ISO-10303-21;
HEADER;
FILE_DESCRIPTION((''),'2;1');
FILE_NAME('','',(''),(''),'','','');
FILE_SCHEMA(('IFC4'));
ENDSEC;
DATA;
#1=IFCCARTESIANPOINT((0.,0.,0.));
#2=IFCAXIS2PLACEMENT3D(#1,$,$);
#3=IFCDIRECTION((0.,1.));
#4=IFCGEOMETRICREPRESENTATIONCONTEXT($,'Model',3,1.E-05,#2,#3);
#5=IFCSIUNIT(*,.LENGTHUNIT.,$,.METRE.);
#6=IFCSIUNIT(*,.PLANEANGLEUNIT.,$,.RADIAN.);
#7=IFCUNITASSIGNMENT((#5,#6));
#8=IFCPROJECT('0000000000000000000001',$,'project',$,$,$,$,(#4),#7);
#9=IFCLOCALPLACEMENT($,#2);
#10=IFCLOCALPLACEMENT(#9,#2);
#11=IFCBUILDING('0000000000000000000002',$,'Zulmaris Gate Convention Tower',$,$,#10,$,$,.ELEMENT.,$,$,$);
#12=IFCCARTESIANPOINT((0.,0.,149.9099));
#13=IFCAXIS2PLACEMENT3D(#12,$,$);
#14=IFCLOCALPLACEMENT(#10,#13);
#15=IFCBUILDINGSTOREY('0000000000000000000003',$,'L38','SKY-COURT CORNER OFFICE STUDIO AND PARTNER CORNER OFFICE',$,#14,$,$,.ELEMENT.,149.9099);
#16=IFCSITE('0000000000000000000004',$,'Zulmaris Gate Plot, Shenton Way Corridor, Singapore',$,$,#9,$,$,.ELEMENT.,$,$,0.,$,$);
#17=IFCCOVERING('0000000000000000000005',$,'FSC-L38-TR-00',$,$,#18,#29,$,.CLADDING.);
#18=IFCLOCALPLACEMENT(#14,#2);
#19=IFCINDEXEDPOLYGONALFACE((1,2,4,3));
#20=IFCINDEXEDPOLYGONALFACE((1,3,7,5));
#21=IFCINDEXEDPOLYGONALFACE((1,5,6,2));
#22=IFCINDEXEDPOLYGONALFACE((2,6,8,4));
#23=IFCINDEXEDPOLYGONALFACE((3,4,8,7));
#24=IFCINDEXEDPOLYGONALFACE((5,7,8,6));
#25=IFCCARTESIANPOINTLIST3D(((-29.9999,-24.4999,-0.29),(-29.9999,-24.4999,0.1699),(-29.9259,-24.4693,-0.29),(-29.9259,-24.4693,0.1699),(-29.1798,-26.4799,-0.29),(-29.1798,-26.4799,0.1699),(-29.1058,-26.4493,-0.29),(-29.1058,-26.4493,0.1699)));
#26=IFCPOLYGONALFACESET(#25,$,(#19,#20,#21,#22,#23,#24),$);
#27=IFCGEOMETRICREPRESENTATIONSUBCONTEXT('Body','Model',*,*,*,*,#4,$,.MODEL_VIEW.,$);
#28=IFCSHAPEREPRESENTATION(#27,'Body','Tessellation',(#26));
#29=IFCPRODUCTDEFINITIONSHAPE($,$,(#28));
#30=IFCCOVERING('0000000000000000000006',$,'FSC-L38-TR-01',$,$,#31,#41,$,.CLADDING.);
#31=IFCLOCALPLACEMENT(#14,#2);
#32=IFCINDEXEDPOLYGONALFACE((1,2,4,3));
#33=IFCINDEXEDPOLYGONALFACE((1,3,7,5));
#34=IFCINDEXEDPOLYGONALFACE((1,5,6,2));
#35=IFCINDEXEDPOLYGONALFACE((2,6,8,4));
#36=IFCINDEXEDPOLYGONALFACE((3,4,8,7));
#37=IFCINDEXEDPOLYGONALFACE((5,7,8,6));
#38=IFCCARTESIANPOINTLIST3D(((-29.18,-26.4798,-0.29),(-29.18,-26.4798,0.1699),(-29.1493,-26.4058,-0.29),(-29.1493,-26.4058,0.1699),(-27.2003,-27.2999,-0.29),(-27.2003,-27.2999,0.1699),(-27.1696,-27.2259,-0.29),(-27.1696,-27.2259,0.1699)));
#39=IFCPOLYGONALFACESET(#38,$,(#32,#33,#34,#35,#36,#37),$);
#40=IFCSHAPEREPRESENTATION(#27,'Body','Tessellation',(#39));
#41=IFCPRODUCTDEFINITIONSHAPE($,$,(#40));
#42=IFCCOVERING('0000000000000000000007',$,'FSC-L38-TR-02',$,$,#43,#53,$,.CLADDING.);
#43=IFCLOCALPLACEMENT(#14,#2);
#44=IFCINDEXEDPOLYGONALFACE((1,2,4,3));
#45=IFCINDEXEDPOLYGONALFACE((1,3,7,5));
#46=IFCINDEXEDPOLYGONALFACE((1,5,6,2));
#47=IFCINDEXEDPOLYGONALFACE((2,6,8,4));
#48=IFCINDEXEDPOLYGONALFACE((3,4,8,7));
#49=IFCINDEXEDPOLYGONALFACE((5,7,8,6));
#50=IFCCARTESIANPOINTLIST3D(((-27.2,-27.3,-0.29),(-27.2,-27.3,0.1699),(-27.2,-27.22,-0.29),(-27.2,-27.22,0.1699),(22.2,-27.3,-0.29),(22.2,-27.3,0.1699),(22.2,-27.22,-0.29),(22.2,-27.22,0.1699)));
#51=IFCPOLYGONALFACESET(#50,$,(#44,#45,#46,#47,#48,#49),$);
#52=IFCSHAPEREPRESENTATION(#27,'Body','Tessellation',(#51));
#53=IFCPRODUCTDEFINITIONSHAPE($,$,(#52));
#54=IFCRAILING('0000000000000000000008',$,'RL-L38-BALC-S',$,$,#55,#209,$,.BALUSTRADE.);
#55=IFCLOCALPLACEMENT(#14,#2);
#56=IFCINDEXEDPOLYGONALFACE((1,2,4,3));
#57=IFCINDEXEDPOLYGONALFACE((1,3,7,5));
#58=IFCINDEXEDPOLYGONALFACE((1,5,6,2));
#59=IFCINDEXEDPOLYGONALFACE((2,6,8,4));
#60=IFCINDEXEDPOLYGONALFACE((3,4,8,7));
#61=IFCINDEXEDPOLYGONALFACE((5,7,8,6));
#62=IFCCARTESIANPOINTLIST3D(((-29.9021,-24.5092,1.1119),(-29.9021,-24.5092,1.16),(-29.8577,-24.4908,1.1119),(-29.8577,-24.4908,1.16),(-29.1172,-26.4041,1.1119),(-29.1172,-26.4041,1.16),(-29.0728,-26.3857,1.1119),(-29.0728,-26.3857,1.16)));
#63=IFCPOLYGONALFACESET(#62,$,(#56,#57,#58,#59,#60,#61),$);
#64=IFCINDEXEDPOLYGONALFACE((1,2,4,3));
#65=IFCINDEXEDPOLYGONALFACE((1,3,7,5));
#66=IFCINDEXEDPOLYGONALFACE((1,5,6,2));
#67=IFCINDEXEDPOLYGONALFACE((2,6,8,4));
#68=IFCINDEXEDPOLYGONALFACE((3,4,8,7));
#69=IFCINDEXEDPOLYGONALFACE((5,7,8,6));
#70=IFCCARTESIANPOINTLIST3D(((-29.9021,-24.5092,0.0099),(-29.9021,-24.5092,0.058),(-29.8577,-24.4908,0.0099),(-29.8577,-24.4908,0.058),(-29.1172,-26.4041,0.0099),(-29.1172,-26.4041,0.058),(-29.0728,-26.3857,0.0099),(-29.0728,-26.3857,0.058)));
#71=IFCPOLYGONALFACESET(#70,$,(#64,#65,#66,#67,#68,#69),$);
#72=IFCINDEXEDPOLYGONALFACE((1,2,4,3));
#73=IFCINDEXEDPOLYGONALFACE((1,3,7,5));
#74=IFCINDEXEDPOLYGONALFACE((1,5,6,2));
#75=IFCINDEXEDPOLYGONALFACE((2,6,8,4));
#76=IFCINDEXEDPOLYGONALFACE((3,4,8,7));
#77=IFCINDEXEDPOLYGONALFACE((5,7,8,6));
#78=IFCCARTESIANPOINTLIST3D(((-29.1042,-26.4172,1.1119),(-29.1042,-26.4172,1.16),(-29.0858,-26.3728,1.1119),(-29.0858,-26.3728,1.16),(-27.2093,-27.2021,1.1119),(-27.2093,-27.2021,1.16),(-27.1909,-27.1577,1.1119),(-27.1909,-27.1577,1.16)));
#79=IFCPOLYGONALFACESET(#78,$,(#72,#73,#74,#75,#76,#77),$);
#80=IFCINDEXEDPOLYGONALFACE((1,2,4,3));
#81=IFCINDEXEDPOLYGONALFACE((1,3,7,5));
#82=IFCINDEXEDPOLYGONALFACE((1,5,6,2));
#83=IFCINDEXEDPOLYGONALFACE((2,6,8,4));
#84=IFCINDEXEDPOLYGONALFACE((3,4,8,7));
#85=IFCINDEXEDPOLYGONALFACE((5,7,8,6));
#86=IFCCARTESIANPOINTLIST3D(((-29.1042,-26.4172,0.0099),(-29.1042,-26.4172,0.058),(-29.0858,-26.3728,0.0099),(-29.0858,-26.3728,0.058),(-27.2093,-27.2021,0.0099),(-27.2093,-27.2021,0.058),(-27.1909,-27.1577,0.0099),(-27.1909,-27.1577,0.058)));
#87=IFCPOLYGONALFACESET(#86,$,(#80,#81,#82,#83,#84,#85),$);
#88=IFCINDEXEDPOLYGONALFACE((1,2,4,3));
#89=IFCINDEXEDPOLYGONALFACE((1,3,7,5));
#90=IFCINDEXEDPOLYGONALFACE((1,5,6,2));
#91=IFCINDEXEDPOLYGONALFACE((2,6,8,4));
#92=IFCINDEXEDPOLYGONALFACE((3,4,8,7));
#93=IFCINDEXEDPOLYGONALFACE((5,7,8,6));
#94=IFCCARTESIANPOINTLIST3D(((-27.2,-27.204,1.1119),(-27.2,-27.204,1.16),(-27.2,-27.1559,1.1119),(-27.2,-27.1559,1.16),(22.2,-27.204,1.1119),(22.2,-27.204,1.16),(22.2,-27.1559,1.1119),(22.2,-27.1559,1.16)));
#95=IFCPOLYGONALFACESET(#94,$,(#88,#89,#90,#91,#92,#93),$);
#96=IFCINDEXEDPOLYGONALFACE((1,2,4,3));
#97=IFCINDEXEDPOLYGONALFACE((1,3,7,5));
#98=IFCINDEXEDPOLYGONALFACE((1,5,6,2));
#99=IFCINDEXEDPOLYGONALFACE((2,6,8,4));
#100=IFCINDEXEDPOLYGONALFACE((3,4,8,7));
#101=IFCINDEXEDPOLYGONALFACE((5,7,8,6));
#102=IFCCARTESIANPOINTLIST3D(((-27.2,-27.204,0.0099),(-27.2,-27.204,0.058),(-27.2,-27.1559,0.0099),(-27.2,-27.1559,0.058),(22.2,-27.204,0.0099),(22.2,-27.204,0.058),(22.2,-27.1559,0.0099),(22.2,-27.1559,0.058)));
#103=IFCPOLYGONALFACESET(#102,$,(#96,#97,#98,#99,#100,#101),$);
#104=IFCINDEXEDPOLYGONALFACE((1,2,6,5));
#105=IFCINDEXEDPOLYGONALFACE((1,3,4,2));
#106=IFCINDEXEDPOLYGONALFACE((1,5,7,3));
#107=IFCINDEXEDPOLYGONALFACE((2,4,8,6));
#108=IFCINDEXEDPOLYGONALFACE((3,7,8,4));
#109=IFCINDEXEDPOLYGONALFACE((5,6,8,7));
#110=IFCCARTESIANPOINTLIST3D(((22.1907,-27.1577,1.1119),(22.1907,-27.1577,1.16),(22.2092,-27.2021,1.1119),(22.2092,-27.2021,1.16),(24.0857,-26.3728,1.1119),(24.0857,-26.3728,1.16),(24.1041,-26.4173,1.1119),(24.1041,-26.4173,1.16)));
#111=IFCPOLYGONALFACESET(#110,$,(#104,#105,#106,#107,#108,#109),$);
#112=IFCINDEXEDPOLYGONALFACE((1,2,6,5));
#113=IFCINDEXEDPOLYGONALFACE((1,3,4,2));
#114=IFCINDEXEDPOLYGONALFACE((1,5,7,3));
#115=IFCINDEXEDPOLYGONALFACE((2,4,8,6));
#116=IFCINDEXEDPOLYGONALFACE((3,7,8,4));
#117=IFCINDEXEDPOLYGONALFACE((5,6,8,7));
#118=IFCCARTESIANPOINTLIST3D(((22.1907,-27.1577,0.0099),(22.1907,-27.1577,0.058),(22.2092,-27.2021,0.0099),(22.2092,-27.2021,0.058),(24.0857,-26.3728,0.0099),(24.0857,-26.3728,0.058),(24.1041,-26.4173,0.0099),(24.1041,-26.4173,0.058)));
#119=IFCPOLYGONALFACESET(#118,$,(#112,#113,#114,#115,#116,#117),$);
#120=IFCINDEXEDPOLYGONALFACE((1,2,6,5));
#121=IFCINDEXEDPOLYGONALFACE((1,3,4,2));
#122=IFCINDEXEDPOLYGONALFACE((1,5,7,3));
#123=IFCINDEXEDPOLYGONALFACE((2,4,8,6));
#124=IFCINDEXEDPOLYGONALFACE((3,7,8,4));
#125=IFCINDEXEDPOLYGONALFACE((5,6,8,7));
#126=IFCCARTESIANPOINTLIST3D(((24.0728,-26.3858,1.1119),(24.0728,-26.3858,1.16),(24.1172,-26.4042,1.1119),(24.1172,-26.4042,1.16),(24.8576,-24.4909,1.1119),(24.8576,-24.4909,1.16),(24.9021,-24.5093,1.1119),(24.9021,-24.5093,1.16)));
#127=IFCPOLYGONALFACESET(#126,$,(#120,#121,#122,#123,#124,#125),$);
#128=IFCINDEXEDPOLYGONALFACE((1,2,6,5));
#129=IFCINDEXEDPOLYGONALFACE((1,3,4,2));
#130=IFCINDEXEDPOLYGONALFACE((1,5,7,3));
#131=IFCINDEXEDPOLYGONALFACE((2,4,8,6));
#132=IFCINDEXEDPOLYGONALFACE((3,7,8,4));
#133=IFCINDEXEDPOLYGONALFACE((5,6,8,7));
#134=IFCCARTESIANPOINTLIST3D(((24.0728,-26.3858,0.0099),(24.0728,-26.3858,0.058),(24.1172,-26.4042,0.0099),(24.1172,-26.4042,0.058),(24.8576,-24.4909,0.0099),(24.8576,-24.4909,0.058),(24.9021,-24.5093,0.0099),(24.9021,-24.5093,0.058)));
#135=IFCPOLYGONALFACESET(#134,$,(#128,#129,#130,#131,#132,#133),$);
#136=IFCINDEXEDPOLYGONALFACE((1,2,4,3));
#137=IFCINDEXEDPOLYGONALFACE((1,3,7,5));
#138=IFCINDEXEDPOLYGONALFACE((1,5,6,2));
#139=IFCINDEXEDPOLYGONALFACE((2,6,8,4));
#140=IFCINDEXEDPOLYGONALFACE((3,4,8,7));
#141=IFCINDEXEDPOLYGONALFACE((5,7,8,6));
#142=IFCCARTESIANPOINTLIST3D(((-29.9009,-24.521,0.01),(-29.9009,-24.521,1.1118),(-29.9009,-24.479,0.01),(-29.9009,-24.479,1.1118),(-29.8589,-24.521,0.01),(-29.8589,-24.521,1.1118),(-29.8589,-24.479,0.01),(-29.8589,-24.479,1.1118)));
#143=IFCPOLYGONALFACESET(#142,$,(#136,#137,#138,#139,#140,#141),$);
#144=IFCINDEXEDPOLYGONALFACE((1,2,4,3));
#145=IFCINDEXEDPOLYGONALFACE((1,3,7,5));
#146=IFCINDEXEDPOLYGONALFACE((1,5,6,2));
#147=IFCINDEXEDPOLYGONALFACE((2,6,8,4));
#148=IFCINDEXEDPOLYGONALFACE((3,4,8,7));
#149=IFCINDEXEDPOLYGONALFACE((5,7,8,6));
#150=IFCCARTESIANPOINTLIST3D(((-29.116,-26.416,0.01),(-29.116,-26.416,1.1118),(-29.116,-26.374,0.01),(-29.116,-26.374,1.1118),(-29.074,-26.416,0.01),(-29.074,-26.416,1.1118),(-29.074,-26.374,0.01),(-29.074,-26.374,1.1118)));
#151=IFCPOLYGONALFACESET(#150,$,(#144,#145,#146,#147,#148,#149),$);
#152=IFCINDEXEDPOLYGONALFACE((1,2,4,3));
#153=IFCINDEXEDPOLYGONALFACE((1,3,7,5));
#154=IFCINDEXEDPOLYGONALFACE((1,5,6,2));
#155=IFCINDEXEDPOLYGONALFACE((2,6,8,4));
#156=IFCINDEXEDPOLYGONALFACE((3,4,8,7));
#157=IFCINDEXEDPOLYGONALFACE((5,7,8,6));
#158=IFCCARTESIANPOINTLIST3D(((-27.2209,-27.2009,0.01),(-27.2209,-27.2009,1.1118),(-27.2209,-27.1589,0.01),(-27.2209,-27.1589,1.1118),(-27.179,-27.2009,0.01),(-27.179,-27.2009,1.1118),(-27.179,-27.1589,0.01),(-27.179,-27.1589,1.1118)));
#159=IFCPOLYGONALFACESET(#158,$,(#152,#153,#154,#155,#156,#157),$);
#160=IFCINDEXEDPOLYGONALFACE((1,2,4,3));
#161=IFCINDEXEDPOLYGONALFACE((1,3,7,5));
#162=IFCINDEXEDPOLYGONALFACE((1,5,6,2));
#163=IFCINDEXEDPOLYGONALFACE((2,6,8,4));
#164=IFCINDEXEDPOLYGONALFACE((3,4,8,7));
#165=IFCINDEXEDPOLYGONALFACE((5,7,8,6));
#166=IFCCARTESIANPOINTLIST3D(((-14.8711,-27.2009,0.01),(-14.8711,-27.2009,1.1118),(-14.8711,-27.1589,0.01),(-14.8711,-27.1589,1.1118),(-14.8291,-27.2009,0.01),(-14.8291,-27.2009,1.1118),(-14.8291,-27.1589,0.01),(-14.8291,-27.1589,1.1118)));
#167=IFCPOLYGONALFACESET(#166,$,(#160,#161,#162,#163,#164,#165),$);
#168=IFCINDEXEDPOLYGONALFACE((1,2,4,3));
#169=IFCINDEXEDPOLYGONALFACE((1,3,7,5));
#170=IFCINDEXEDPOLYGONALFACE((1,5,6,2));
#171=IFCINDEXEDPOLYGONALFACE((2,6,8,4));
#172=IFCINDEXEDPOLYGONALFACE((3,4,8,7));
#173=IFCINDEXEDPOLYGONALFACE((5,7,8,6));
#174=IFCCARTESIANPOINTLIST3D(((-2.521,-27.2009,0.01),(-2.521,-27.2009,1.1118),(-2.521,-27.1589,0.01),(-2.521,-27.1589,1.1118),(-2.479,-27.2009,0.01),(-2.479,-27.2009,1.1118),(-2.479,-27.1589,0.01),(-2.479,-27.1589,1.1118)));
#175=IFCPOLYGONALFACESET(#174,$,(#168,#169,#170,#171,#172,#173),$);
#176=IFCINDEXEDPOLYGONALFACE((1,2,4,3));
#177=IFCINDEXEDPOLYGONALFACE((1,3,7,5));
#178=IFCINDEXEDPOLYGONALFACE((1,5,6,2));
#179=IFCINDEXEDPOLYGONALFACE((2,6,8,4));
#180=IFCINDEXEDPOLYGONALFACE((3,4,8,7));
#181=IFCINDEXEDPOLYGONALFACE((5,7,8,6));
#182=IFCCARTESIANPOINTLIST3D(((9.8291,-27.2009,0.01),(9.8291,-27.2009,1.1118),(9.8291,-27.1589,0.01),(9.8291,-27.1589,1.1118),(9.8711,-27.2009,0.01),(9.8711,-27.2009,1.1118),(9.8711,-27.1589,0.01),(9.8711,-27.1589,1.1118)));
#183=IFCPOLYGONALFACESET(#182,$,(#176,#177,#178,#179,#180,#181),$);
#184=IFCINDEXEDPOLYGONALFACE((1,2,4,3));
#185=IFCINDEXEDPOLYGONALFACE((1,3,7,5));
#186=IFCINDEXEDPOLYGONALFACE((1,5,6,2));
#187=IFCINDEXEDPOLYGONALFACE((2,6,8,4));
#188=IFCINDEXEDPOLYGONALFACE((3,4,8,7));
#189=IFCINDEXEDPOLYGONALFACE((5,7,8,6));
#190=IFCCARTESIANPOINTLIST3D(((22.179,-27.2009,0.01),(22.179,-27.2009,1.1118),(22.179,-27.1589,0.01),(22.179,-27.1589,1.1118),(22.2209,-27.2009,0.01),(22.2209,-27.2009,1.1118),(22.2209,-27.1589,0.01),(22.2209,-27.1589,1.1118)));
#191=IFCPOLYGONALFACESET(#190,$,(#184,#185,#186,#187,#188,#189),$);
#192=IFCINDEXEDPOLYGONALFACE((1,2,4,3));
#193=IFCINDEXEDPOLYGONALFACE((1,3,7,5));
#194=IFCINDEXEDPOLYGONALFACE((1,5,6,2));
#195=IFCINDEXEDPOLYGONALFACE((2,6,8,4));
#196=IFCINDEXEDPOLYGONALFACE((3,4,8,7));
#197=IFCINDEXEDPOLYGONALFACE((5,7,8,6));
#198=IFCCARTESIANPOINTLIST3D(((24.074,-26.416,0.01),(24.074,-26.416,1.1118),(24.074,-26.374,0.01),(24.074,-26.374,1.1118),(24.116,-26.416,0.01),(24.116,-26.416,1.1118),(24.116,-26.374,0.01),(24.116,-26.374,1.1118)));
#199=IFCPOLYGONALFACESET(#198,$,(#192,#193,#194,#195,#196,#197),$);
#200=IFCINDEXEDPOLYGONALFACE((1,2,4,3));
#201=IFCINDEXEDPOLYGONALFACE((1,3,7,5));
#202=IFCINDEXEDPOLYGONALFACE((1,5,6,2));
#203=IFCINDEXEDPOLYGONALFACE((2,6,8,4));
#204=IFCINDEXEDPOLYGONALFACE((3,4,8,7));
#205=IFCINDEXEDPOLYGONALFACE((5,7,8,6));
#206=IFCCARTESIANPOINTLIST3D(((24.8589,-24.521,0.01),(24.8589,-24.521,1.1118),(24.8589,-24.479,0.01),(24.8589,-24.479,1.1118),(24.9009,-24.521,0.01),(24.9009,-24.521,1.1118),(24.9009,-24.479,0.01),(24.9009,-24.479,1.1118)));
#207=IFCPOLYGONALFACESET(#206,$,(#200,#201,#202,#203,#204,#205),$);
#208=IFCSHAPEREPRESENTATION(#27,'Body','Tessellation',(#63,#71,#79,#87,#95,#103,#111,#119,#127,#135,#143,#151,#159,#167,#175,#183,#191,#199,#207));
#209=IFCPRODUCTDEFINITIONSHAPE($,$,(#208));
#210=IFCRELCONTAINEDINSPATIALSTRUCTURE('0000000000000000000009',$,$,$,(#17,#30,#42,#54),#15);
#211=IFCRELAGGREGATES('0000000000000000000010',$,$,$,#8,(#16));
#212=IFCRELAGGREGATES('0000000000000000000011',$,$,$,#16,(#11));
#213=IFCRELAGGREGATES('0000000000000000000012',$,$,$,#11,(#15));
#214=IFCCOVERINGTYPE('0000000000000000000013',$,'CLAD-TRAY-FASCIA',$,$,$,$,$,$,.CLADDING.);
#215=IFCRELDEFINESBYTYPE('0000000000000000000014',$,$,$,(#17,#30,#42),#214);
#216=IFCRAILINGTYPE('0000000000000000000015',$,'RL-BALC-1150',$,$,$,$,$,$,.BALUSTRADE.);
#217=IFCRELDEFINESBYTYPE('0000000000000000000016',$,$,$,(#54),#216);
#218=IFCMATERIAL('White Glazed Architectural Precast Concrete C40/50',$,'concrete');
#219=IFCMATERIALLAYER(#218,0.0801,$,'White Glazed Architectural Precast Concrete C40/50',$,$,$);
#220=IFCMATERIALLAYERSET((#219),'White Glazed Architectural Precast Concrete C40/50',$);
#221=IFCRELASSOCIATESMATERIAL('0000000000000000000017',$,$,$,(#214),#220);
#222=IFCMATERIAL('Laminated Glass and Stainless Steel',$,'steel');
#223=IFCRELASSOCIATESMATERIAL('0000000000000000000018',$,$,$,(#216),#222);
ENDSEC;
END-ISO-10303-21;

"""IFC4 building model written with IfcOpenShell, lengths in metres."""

from ifc_helpers import new_model, si_unit, direction, frame, frame_2d, origin, origin_2d, place, context, subcontext, project, spatial, rectangle, extrude, material, layer, layer_set, type_object, element, save


model = new_model("IFC4")

# Units and contexts
model_context = context("Model", 3, precision=1e-05, world=origin(), true_north=direction((0.0, 1.0)))
body_context = subcontext(model_context, "Body", "Model", "MODEL_VIEW")
ifc_project = project(units=[si_unit("LENGTHUNIT", "METRE"), si_unit("PLANEANGLEUNIT", "RADIAN")], contexts=[model_context])

# Site, building, storey
site_placement = place(None, origin())
site = spatial("IfcSite", under=ifc_project, at=site_placement, Name="Zulmaris Gate Plot, Shenton Way Corridor, Singapore", CompositionType="ELEMENT", RefElevation=0.0)
building_placement = place(site_placement, origin())
building = spatial("IfcBuilding", under=site, at=building_placement, Name="Zulmaris Gate Convention Tower", CompositionType="ELEMENT")
storey_placement = place(building_placement, frame((0.0, 0.0, 149.9099)))
storey = spatial("IfcBuildingStorey", under=building, at=storey_placement, Name="L38", Description="SKY-COURT CORNER OFFICE STUDIO AND PARTNER CORNER OFFICE", CompositionType="ELEMENT", Elevation=149.9099)

# Coverings
ifc_material_1 = material(Name="White Glazed Architectural Precast Concrete C40/50", Category="concrete")
ifc_layer_1 = layer(ifc_material_1, 0.0801, Name="White Glazed Architectural Precast Concrete C40/50")
ifc_layer_set_1 = layer_set([ifc_layer_1], Name="White Glazed Architectural Precast Concrete C40/50")
covering_type_1 = type_object("IfcCoveringType", Name="CLAD-TRAY-FASCIA", PredefinedType="CLADDING", material=ifc_layer_set_1)
covering_1_placement = place(storey_placement, frame((-29.9629, -24.4846, -0.29), z_axis=(0.0, 0.0, 1.0), x_axis=(0.382657, -0.92389, 0.0)))
element("IfcCovering", 1, at=covering_1_placement, inside=storey, type_object=covering_type_1, Name="FSC-L38-TR-00", PredefinedType="CLADDING", context=body_context, shape_type="SweptSolid", body=[
    extrude(rectangle(XDim=2.1431, YDim=0.0801, at=frame_2d((1.0715, 0.0))), origin(), (0.0, 0.0, 1.0), 0.46),
])
covering_2_placement = place(storey_placement, frame((-29.1646, -26.4429, -0.29), z_axis=(0.0, 0.0, 1.0), x_axis=(0.923874, -0.382697, 0.0)))
element("IfcCovering", 2, at=covering_2_placement, inside=storey, type_object=covering_type_1, Name="FSC-L38-TR-01", PredefinedType="CLADDING", context=body_context, shape_type="SweptSolid", body=[
    extrude(rectangle(XDim=2.1428, YDim=0.0801, at=frame_2d((1.0713, 0.0))), origin(), (0.0, 0.0, 1.0), 0.46),
])
covering_3_placement = place(storey_placement, frame((-27.2, -27.26, -0.29), z_axis=(0.0, 0.0, 1.0), x_axis=(1.0, 0.0, 0.0)))
element("IfcCovering", 3, at=covering_3_placement, inside=storey, type_object=covering_type_1, Name="FSC-L38-TR-02", PredefinedType="CLADDING", context=body_context, shape_type="SweptSolid", body=[
    extrude(rectangle(XDim=49.3999, YDim=0.0801, at=frame_2d((24.7, 0.0))), origin(), (0.0, 0.0, 1.0), 0.46),
])

# Railing
ifc_material_2 = material(Name="Laminated Glass and Stainless Steel", Category="steel")
railing_type = type_object("IfcRailingType", Name="RL-BALC-1150", PredefinedType="BALUSTRADE", material=ifc_material_2)
railing_placement = place(storey_placement, frame((-29.8799, -24.5, 0.01)))
element("IfcRailing", 4, at=railing_placement, inside=storey, type_object=railing_type, Name="RL-L38-BALC-S", PredefinedType="BALUSTRADE", context=body_context, shape_type="SweptSolid", body=[
    extrude(rectangle(XDim=0.0481, YDim=0.0481, at=origin_2d()), frame((0.0, 0.0, 1.126), z_axis=(0.382671, -0.923885, 0.0), x_axis=(0.923885, 0.382671, 0.0)), (0.0, 0.0, 1.0), 2.051),
    extrude(rectangle(XDim=0.0481, YDim=0.0481, at=origin_2d()), frame((0.0, 0.0, 0.0239), z_axis=(0.382671, -0.923885, 0.0), x_axis=(0.923885, 0.382671, 0.0)), (0.0, 0.0, 1.0), 2.051),
    extrude(rectangle(XDim=0.0481, YDim=0.0481, at=origin_2d()), frame((0.7849, -1.895, 1.126), z_axis=(0.923885, -0.382671, 0.0), x_axis=(0.382671, 0.923885, 0.0)), (0.0, 0.0, 1.0), 2.051),
    extrude(rectangle(XDim=0.0481, YDim=0.0481, at=origin_2d()), frame((0.7849, -1.895, 0.0239), z_axis=(0.923885, -0.382671, 0.0), x_axis=(0.382671, 0.923885, 0.0)), (0.0, 0.0, 1.0), 2.051),
    extrude(rectangle(XDim=0.0481, YDim=0.0481, at=origin_2d()), frame((2.6799, -2.6799, 1.126), z_axis=(1.0, 0.0, 0.0), x_axis=(0.0, 1.0, 0.0)), (0.0, 0.0, 1.0), 49.3999),
    extrude(rectangle(XDim=0.0481, YDim=0.0481, at=origin_2d()), frame((2.6799, -2.6799, 0.0239), z_axis=(1.0, 0.0, 0.0), x_axis=(0.0, 1.0, 0.0)), (0.0, 0.0, 1.0), 49.3999),
    extrude(rectangle(XDim=0.0481, YDim=0.0481, at=origin_2d()), frame((52.0798, -2.6799, 1.126), z_axis=(0.923885, 0.382671, 0.0), x_axis=(-0.382671, 0.923885, 0.0)), (0.0, 0.0, 1.0), 2.051),
    extrude(rectangle(XDim=0.0481, YDim=0.0481, at=origin_2d()), frame((52.0798, -2.6799, 0.0239), z_axis=(0.923885, 0.382671, 0.0), x_axis=(-0.382671, 0.923885, 0.0)), (0.0, 0.0, 1.0), 2.051),
    extrude(rectangle(XDim=0.0481, YDim=0.0481, at=origin_2d()), frame((53.9749, -1.895, 1.126), z_axis=(0.382671, 0.923885, 0.0), x_axis=(-0.923885, 0.382671, 0.0)), (0.0, 0.0, 1.0), 2.051),
    extrude(rectangle(XDim=0.0481, YDim=0.0481, at=origin_2d()), frame((53.9749, -1.895, 0.0239), z_axis=(0.382671, 0.923885, 0.0), x_axis=(-0.923885, 0.382671, 0.0)), (0.0, 0.0, 1.0), 2.051),
    extrude(rectangle(XDim=0.042, YDim=0.042, at=origin_2d()), origin(), (0.0, 0.0, 1.0), 1.1018),
    extrude(rectangle(XDim=0.042, YDim=0.042, at=origin_2d()), frame((0.7849, -1.895, 0.0)), (0.0, 0.0, 1.0), 1.1018),
    extrude(rectangle(XDim=0.042, YDim=0.042, at=origin_2d()), frame((2.6799, -2.6799, 0.0)), (0.0, 0.0, 1.0), 1.1018),
    extrude(rectangle(XDim=0.042, YDim=0.042, at=origin_2d()), frame((15.0298, -2.6799, 0.0)), (0.0, 0.0, 1.0), 1.1018),
    extrude(rectangle(XDim=0.042, YDim=0.042, at=origin_2d()), frame((27.3799, -2.6799, 0.0)), (0.0, 0.0, 1.0), 1.1018),
    extrude(rectangle(XDim=0.042, YDim=0.042, at=origin_2d()), frame((39.73, -2.6799, 0.0)), (0.0, 0.0, 1.0), 1.1018),
    extrude(rectangle(XDim=0.042, YDim=0.042, at=origin_2d()), frame((52.0798, -2.6799, 0.0)), (0.0, 0.0, 1.0), 1.1018),
    extrude(rectangle(XDim=0.042, YDim=0.042, at=origin_2d()), frame((53.9749, -1.895, 0.0)), (0.0, 0.0, 1.0), 1.1018),
    extrude(rectangle(XDim=0.042, YDim=0.042, at=origin_2d()), frame((54.7598, 0.0, 0.0)), (0.0, 0.0, 1.0), 1.1018),
])

save(model, "model.ifc")
